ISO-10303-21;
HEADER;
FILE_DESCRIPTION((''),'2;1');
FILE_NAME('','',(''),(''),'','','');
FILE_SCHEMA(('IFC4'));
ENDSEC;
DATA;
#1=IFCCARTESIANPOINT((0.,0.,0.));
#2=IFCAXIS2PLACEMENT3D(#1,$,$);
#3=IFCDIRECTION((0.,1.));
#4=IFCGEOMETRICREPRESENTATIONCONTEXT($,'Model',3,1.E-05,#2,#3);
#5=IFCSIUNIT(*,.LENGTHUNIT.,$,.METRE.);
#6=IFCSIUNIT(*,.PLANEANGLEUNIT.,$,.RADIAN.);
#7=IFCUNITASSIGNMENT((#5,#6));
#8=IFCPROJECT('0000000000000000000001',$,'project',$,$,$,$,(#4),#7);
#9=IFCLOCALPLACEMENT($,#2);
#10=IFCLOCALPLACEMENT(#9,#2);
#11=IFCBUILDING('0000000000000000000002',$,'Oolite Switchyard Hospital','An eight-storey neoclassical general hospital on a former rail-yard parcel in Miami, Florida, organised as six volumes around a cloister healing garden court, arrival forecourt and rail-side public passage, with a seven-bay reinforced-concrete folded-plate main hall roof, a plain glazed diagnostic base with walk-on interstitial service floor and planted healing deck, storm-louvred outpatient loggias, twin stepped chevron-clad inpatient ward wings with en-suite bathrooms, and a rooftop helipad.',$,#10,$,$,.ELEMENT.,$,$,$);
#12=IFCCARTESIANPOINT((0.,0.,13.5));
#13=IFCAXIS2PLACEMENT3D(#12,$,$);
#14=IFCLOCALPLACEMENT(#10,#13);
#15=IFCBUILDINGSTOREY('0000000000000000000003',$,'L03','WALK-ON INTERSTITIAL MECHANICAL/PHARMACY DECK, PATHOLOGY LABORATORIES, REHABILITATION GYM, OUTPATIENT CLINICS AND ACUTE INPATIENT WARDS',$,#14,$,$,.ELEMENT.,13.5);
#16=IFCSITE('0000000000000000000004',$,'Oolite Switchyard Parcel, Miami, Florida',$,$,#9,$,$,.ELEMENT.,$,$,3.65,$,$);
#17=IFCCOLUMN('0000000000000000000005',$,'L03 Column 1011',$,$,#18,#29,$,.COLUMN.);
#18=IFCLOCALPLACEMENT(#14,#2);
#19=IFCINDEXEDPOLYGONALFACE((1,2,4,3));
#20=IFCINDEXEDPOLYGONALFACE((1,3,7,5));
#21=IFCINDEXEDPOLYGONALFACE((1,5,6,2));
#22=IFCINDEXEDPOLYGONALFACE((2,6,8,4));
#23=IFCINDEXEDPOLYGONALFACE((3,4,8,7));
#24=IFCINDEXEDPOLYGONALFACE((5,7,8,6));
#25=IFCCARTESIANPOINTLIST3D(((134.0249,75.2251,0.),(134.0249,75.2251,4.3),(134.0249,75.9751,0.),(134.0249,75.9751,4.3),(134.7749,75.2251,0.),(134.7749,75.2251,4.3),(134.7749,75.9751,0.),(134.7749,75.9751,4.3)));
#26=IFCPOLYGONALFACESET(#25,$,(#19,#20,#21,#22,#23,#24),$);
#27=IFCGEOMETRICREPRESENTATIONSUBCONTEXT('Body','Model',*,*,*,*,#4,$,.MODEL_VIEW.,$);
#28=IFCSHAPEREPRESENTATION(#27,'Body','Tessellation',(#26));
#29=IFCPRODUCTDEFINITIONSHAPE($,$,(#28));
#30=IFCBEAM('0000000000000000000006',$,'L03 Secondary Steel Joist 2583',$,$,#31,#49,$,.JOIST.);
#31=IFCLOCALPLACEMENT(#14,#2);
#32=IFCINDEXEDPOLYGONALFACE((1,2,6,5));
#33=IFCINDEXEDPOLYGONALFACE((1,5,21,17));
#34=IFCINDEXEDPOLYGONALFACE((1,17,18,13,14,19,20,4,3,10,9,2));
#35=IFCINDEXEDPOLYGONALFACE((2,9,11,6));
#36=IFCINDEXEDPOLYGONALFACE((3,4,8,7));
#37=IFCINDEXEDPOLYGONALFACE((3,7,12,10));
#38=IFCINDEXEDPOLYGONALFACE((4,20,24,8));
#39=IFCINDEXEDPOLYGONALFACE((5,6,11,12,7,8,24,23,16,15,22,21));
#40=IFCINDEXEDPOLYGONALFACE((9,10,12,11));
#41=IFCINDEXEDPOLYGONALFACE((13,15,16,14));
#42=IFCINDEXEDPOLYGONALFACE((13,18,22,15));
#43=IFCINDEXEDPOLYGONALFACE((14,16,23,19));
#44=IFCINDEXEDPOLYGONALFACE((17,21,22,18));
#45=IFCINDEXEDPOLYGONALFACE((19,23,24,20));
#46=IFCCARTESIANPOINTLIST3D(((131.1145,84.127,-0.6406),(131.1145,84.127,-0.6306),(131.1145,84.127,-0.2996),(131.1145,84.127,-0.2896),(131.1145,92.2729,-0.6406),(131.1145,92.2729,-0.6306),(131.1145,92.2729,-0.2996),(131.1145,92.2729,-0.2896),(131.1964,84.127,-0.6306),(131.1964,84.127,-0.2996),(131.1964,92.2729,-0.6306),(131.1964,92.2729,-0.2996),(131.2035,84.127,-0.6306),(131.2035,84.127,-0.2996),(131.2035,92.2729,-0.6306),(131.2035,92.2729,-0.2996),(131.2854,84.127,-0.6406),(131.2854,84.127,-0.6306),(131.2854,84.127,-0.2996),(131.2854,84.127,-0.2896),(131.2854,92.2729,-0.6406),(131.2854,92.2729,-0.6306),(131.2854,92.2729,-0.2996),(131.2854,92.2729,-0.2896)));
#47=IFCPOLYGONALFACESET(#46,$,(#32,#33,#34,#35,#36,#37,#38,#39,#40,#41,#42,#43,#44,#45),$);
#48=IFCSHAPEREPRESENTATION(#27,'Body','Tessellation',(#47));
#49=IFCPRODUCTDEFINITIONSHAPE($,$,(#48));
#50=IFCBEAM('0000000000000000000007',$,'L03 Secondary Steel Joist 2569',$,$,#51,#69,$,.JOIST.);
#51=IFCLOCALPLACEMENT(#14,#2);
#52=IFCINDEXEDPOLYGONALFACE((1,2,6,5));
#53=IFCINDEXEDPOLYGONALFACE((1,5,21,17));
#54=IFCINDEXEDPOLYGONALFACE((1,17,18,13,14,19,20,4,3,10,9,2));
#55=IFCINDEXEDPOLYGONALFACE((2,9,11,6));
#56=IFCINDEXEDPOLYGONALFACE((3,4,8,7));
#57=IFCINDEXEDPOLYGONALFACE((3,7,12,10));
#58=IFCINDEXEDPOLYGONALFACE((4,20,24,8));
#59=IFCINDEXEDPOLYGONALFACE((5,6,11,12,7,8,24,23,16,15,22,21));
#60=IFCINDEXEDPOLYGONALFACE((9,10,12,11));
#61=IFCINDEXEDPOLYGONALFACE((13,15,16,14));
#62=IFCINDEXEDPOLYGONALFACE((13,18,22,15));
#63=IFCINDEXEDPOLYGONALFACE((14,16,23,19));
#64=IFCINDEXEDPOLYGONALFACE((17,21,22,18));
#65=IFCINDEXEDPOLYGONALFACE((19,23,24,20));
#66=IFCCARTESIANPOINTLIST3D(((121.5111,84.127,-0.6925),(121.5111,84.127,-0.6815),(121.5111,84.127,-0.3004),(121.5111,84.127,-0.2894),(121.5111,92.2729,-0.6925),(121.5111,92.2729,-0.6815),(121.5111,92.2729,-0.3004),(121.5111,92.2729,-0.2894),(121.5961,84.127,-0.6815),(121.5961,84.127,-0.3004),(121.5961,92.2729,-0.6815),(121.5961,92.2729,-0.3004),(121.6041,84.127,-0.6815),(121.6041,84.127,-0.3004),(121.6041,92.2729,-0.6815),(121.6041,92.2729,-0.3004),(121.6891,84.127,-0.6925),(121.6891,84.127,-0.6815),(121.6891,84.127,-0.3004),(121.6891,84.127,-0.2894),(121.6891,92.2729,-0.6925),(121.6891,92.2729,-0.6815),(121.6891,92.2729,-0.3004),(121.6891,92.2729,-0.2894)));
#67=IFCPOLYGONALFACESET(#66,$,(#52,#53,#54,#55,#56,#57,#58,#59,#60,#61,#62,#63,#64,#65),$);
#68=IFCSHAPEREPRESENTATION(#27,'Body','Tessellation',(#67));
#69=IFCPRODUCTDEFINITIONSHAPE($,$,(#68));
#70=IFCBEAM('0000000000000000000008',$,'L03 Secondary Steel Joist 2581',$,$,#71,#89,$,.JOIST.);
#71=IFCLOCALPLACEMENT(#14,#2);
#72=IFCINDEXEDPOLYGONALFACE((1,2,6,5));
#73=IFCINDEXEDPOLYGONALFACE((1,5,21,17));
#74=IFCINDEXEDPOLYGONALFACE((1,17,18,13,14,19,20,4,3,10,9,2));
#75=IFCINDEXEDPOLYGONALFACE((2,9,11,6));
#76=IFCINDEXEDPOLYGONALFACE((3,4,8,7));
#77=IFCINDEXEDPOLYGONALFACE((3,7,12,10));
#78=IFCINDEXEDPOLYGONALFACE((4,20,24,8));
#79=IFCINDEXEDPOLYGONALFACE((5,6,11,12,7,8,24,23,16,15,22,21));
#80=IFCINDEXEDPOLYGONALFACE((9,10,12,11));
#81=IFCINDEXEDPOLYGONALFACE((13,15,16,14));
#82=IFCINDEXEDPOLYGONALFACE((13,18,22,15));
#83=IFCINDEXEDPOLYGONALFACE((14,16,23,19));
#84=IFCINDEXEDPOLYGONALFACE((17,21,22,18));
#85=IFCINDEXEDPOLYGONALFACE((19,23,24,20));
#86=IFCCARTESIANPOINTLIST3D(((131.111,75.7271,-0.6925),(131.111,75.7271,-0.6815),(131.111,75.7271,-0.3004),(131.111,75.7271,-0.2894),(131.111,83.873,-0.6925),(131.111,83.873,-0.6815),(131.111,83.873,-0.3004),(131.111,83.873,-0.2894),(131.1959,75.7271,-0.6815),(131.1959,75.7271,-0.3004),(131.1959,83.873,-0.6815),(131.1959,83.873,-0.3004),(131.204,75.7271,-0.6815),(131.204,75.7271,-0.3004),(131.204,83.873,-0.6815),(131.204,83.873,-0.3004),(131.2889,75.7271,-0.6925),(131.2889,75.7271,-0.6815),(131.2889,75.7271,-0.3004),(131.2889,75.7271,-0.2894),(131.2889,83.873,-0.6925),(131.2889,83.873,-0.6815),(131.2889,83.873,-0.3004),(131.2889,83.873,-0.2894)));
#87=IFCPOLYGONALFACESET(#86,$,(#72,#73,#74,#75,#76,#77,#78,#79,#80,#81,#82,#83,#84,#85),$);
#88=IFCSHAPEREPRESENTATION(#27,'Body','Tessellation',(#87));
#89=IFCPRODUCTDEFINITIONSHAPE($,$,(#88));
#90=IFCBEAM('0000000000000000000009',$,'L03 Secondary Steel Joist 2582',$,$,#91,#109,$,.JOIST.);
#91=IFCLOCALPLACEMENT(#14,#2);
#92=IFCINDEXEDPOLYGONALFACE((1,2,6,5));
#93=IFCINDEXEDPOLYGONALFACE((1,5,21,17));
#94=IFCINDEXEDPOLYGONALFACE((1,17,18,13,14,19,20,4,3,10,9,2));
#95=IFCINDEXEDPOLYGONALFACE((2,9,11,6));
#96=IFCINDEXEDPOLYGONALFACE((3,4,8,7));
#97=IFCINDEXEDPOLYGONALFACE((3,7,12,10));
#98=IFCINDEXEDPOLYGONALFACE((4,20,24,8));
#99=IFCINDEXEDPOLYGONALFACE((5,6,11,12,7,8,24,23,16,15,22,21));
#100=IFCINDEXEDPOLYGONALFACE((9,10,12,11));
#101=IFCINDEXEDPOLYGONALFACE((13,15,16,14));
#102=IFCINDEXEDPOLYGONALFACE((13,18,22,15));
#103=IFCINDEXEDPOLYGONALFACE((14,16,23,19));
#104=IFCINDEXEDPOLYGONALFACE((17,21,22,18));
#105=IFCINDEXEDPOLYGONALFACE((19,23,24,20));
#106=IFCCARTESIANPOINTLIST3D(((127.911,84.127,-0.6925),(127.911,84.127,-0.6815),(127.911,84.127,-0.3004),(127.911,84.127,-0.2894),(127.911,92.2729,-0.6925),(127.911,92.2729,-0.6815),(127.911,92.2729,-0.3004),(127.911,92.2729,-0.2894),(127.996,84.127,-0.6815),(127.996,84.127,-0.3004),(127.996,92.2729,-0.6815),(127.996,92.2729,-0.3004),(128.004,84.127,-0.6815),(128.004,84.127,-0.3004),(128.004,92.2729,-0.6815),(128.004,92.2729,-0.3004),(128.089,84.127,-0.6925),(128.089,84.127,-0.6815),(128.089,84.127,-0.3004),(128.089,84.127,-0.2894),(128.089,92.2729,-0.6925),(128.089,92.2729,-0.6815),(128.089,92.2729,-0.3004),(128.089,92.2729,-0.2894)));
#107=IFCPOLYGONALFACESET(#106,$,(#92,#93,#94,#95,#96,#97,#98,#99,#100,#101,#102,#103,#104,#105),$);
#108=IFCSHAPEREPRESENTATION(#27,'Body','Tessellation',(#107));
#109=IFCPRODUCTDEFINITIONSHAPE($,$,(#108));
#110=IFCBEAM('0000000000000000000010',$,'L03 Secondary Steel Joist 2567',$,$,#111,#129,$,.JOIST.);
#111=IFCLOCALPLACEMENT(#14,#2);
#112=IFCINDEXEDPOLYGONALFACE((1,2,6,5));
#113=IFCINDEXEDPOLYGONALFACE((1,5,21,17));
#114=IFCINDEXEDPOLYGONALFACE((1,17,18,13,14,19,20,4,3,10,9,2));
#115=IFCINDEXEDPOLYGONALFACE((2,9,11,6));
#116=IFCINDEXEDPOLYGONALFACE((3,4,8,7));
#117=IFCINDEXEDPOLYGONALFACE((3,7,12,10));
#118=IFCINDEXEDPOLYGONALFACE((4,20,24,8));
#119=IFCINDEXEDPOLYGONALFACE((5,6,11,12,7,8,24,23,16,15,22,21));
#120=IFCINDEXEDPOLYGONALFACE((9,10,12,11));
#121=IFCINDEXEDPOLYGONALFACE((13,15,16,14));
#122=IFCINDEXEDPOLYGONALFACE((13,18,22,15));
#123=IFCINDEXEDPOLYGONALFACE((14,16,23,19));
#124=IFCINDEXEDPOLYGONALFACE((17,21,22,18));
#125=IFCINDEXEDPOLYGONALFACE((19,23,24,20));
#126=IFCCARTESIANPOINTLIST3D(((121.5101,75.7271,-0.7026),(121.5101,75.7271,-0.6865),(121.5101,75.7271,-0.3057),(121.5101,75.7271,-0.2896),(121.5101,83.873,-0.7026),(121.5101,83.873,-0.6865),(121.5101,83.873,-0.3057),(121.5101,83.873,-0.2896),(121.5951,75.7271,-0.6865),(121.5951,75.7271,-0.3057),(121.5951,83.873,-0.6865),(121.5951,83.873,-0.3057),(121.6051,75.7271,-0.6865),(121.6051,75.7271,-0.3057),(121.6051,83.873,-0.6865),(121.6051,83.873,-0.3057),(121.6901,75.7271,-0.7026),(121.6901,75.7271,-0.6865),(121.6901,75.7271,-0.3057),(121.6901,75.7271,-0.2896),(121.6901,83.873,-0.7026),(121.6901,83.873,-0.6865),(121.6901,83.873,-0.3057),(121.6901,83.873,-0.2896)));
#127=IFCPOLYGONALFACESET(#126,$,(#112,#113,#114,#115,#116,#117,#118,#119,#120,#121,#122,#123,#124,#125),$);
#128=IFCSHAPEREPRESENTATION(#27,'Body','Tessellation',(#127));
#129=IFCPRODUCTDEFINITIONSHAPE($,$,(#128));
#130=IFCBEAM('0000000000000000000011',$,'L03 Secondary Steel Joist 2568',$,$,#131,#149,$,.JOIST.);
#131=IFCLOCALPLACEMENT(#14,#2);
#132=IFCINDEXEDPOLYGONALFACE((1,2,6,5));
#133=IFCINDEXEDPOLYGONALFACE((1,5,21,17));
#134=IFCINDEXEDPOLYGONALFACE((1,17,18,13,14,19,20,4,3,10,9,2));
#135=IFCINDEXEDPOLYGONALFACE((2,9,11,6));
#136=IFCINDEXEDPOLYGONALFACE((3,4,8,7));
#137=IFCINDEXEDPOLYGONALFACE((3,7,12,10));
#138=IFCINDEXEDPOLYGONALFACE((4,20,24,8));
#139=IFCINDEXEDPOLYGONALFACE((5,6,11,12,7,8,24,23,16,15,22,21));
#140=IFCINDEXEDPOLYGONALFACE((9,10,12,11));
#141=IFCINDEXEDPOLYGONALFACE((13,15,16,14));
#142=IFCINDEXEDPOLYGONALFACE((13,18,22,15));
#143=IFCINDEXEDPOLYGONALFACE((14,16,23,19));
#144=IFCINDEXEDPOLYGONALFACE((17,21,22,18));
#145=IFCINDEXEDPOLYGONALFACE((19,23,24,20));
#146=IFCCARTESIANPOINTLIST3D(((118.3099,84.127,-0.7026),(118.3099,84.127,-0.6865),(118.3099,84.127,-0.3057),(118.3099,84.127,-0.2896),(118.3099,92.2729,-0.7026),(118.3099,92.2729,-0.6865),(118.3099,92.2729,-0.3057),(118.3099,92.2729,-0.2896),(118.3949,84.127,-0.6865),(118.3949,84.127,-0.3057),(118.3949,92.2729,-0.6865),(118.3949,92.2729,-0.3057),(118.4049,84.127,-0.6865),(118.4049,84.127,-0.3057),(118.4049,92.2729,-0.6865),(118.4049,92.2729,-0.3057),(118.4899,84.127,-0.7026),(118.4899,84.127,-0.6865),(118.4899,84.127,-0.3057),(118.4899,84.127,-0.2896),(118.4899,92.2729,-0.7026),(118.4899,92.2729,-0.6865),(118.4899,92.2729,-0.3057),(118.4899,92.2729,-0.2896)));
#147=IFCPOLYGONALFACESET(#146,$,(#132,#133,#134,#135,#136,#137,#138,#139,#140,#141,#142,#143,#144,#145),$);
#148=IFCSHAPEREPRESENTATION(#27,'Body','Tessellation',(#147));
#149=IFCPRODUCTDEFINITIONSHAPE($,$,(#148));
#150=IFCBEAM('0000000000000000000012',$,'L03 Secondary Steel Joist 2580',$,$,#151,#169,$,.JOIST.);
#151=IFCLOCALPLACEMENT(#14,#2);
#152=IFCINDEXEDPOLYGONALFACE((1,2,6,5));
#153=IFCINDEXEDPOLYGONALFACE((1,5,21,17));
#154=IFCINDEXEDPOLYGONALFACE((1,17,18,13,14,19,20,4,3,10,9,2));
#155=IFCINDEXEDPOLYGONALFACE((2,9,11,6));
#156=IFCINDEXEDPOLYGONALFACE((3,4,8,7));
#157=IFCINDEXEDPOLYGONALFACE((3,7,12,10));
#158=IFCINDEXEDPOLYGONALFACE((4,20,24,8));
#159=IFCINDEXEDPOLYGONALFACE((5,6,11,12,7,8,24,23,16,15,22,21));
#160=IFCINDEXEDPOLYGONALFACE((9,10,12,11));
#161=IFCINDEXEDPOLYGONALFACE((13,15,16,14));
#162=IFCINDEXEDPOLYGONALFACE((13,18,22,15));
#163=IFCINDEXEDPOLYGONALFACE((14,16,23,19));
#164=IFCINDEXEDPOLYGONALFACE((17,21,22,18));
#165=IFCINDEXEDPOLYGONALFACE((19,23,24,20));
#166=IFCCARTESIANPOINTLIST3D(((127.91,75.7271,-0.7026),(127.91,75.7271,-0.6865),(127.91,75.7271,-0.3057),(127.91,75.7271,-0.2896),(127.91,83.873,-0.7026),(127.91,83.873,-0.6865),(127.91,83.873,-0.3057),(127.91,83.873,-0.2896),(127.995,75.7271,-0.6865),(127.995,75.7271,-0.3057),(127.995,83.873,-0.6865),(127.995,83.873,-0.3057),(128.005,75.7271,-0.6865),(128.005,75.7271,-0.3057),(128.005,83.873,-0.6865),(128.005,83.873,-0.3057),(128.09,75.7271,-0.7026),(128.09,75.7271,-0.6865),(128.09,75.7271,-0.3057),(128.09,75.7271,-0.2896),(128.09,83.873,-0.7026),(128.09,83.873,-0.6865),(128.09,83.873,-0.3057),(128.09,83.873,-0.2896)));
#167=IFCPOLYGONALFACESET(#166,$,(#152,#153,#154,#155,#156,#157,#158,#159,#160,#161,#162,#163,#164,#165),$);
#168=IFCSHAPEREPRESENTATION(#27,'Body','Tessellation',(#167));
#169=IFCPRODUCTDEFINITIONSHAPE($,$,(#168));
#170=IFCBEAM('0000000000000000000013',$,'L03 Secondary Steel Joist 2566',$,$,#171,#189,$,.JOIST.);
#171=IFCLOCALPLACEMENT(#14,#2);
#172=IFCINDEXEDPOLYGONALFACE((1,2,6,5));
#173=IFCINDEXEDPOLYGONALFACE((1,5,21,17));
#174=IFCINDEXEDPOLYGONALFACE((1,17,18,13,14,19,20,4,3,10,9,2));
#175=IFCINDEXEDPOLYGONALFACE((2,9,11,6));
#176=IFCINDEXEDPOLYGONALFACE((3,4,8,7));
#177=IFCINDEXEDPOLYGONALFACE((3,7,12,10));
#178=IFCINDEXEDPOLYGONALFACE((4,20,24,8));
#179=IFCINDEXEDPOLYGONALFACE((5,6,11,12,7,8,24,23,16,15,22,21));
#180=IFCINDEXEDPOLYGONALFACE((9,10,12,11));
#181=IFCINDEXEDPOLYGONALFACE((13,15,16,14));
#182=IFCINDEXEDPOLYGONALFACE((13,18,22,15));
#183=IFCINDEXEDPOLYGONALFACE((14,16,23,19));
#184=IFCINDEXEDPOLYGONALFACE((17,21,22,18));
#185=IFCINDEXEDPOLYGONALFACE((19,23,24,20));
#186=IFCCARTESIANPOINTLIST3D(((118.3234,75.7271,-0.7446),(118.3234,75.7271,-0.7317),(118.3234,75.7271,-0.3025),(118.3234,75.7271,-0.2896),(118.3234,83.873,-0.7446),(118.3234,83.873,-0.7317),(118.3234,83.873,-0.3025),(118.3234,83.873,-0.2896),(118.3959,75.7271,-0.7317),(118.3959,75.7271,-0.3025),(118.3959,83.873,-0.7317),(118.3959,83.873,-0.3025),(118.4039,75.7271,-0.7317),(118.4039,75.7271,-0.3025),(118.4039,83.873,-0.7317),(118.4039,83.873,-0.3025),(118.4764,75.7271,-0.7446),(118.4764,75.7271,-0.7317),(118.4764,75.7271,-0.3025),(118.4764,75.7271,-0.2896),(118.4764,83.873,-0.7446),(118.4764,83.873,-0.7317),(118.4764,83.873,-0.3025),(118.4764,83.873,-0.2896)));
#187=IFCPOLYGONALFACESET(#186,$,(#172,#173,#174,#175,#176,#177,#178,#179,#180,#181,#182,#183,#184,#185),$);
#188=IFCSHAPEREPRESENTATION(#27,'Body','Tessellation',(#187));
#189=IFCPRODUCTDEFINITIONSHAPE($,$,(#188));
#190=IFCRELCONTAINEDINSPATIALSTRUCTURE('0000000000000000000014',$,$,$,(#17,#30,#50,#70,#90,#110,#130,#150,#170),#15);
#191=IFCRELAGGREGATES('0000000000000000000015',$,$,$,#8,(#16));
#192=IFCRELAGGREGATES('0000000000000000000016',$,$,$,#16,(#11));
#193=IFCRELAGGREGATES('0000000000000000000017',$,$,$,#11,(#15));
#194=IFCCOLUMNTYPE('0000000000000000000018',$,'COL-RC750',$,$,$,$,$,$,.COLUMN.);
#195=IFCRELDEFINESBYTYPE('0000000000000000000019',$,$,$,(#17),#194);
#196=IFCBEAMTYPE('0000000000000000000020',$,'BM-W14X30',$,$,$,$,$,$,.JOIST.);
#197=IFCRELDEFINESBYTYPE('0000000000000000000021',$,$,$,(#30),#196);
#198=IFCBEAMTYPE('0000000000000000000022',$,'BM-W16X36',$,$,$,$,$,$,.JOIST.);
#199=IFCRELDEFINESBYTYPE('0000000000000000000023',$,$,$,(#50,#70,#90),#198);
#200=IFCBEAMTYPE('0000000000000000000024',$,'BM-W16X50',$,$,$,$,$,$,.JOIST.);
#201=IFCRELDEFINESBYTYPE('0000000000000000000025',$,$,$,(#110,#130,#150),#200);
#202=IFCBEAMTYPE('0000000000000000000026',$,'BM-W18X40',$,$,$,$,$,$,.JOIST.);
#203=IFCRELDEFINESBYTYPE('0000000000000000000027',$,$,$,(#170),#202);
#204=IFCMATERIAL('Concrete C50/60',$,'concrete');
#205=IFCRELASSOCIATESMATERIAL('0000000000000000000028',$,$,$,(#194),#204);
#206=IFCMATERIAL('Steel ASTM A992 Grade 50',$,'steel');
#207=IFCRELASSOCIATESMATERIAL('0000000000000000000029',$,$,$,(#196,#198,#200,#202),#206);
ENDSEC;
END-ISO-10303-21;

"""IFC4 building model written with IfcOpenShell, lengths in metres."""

from ifc_helpers import new_model, si_unit, direction, frame, origin, origin_2d, place, context, subcontext, project, spatial, rectangle, i_section, extrude, material, material_profile, profile_set, type_object, element, save


model = new_model("IFC4")

# Units and contexts
model_context = context("Model", 3, precision=1e-05, world=origin(), true_north=direction((0.0, 1.0)))
body_context = subcontext(model_context, "Body", "Model", "MODEL_VIEW")
ifc_project = project(units=[si_unit("LENGTHUNIT", "METRE"), si_unit("PLANEANGLEUNIT", "RADIAN")], contexts=[model_context])

# Site, building, storey
site_placement = place(None, origin())
site = spatial("IfcSite", under=ifc_project, at=site_placement, Name="Oolite Switchyard Parcel, Miami, Florida", CompositionType="ELEMENT", RefElevation=3.65)
building_placement = place(site_placement, origin())
building = spatial("IfcBuilding", under=site, at=building_placement, Name="Oolite Switchyard Hospital", Description="An eight-storey neoclassical general hospital on a former rail-yard parcel in Miami, Florida, organised as six volumes around a cloister healing garden court, arrival forecourt and rail-side public passage, with a seven-bay reinforced-concrete folded-plate main hall roof, a plain glazed diagnostic base with walk-on interstitial service floor and planted healing deck, storm-louvred outpatient loggias, twin stepped chevron-clad inpatient ward wings with en-suite bathrooms, and a rooftop helipad.", CompositionType="ELEMENT")
storey_placement = place(building_placement, frame((0.0, 0.0, 13.5)))
storey = spatial("IfcBuildingStorey", under=building, at=storey_placement, Name="L03", Description="WALK-ON INTERSTITIAL MECHANICAL/PHARMACY DECK, PATHOLOGY LABORATORIES, REHABILITATION GYM, OUTPATIENT CLINICS AND ACUTE INPATIENT WARDS", CompositionType="ELEMENT", Elevation=13.5)

# Column
ifc_material_1 = material(Name="Concrete C50/60", Category="concrete")
ifc_material_profile_1 = material_profile(ifc_material_1, rectangle(XDim=0.75, YDim=0.75, at=origin_2d()), Name="RC750X750")
ifc_profile_set_1 = profile_set([ifc_material_profile_1], Name="Concrete C50/60")
column_type = type_object("IfcColumnType", Name="COL-RC750", PredefinedType="COLUMN", material=ifc_profile_set_1)
column_placement = place(storey_placement, frame((134.3999, 75.6001, 0.0), z_axis=(0.0, 0.0, 1.0), x_axis=(1.0, 0.0, 0.0)))
element("IfcColumn", 1, at=column_placement, inside=storey, type_object=column_type, Name="L03 Column 1011", PredefinedType="COLUMN", context=body_context, shape_type="SweptSolid", body=[
    extrude(rectangle(XDim=0.75, YDim=0.75, at=origin_2d()), origin(), (0.0, 0.0, 1.0), 4.3),
])

# Beams
ifc_material_2 = material(Name="Steel ASTM A992 Grade 50", Category="steel")
ifc_material_profile_2 = material_profile(ifc_material_2, i_section(OverallWidth=0.1709, OverallDepth=0.3511, WebThickness=0.0071, FlangeThickness=0.01, at=origin_2d()), Name="W14X30")
ifc_profile_set_2 = profile_set([ifc_material_profile_2], Name="Steel ASTM A992 Grade 50")
beam_type_1 = type_object("IfcBeamType", Name="BM-W14X30", PredefinedType="JOIST", material=ifc_profile_set_2)
beam_1_placement = place(storey_placement, frame((131.2, 84.127, -0.4651), z_axis=(0.0, 1.0, 0.0), x_axis=(-1.0, 0.0, 0.0)))
element("IfcBeam", 2, at=beam_1_placement, inside=storey, type_object=beam_type_1, Name="L03 Secondary Steel Joist 2583", PredefinedType="JOIST", context=body_context, shape_type="SweptSolid", body=[
    extrude(i_section(OverallWidth=0.1709, OverallDepth=0.3511, WebThickness=0.0071, FlangeThickness=0.01, at=origin_2d()), origin(), (0.0, 0.0, 1.0), 8.146),
])
ifc_material_profile_3 = material_profile(ifc_material_2, i_section(OverallWidth=0.178, OverallDepth=0.4031, WebThickness=0.0081, FlangeThickness=0.011, at=origin_2d()), Name="W16X36")
ifc_profile_set_3 = profile_set([ifc_material_profile_3], Name="Steel ASTM A992 Grade 50")
beam_type_2 = type_object("IfcBeamType", Name="BM-W16X36", PredefinedType="JOIST", material=ifc_profile_set_3)
for number, where, z_axis, x_axis, name in (
    (3, (121.6001, 84.127, -0.491), (0.0, 1.0, 0.0), (-1.0, 0.0, 0.0), "L03 Secondary Steel Joist 2569"),
    (4, (131.2, 75.7271, -0.491), (0.0, 1.0, 0.0), (-1.0, 0.0, 0.0), "L03 Secondary Steel Joist 2581"),
    (5, (128.0, 84.127, -0.491), (0.0, 1.0, 0.0), (-1.0, 0.0, 0.0), "L03 Secondary Steel Joist 2582"),
):
    element("IfcBeam", number, at=place(storey_placement, frame(where, z_axis=z_axis, x_axis=x_axis)), inside=storey, type_object=beam_type_2, Name=name, PredefinedType="JOIST", context=body_context, shape_type="SweptSolid", body=[
        extrude(i_section(OverallWidth=0.178, OverallDepth=0.4031, WebThickness=0.0081, FlangeThickness=0.011, at=origin_2d()), origin(), (0.0, 0.0, 1.0), 8.146),
    ])
ifc_material_profile_4 = material_profile(ifc_material_2, i_section(OverallWidth=0.1799, OverallDepth=0.4131, WebThickness=0.01, FlangeThickness=0.0161, at=origin_2d()), Name="W16X50")
ifc_profile_set_4 = profile_set([ifc_material_profile_4], Name="Steel ASTM A992 Grade 50")
beam_type_3 = type_object("IfcBeamType", Name="BM-W16X50", PredefinedType="JOIST", material=ifc_profile_set_4)
for number, where, z_axis, x_axis, name in (
    (6, (121.6001, 75.7271, -0.4961), (0.0, 1.0, 0.0), (-1.0, 0.0, 0.0), "L03 Secondary Steel Joist 2567"),
    (7, (118.3999, 84.127, -0.4961), (0.0, 1.0, 0.0), (-1.0, 0.0, 0.0), "L03 Secondary Steel Joist 2568"),
    (8, (128.0, 75.7271, -0.4961), (0.0, 1.0, 0.0), (-1.0, 0.0, 0.0), "L03 Secondary Steel Joist 2580"),
):
    element("IfcBeam", number, at=place(storey_placement, frame(where, z_axis=z_axis, x_axis=x_axis)), inside=storey, type_object=beam_type_3, Name=name, PredefinedType="JOIST", context=body_context, shape_type="SweptSolid", body=[
        extrude(i_section(OverallWidth=0.1799, OverallDepth=0.4131, WebThickness=0.01, FlangeThickness=0.0161, at=origin_2d()), origin(), (0.0, 0.0, 1.0), 8.146),
    ])
ifc_material_profile_5 = material_profile(ifc_material_2, i_section(OverallWidth=0.1531, OverallDepth=0.4551, WebThickness=0.0081, FlangeThickness=0.0129, at=origin_2d()), Name="W18X40")
ifc_profile_set_5 = profile_set([ifc_material_profile_5], Name="Steel ASTM A992 Grade 50")
beam_type_4 = type_object("IfcBeamType", Name="BM-W18X40", PredefinedType="JOIST", material=ifc_profile_set_5)
beam_2_placement = place(storey_placement, frame((118.3999, 75.7271, -0.5171), z_axis=(0.0, 1.0, 0.0), x_axis=(-1.0, 0.0, 0.0)))
element("IfcBeam", 9, at=beam_2_placement, inside=storey, type_object=beam_type_4, Name="L03 Secondary Steel Joist 2566", PredefinedType="JOIST", context=body_context, shape_type="SweptSolid", body=[
    extrude(i_section(OverallWidth=0.1531, OverallDepth=0.4551, WebThickness=0.0081, FlangeThickness=0.0129, at=origin_2d()), origin(), (0.0, 0.0, 1.0), 8.146),
])

save(model, "model.ifc")
